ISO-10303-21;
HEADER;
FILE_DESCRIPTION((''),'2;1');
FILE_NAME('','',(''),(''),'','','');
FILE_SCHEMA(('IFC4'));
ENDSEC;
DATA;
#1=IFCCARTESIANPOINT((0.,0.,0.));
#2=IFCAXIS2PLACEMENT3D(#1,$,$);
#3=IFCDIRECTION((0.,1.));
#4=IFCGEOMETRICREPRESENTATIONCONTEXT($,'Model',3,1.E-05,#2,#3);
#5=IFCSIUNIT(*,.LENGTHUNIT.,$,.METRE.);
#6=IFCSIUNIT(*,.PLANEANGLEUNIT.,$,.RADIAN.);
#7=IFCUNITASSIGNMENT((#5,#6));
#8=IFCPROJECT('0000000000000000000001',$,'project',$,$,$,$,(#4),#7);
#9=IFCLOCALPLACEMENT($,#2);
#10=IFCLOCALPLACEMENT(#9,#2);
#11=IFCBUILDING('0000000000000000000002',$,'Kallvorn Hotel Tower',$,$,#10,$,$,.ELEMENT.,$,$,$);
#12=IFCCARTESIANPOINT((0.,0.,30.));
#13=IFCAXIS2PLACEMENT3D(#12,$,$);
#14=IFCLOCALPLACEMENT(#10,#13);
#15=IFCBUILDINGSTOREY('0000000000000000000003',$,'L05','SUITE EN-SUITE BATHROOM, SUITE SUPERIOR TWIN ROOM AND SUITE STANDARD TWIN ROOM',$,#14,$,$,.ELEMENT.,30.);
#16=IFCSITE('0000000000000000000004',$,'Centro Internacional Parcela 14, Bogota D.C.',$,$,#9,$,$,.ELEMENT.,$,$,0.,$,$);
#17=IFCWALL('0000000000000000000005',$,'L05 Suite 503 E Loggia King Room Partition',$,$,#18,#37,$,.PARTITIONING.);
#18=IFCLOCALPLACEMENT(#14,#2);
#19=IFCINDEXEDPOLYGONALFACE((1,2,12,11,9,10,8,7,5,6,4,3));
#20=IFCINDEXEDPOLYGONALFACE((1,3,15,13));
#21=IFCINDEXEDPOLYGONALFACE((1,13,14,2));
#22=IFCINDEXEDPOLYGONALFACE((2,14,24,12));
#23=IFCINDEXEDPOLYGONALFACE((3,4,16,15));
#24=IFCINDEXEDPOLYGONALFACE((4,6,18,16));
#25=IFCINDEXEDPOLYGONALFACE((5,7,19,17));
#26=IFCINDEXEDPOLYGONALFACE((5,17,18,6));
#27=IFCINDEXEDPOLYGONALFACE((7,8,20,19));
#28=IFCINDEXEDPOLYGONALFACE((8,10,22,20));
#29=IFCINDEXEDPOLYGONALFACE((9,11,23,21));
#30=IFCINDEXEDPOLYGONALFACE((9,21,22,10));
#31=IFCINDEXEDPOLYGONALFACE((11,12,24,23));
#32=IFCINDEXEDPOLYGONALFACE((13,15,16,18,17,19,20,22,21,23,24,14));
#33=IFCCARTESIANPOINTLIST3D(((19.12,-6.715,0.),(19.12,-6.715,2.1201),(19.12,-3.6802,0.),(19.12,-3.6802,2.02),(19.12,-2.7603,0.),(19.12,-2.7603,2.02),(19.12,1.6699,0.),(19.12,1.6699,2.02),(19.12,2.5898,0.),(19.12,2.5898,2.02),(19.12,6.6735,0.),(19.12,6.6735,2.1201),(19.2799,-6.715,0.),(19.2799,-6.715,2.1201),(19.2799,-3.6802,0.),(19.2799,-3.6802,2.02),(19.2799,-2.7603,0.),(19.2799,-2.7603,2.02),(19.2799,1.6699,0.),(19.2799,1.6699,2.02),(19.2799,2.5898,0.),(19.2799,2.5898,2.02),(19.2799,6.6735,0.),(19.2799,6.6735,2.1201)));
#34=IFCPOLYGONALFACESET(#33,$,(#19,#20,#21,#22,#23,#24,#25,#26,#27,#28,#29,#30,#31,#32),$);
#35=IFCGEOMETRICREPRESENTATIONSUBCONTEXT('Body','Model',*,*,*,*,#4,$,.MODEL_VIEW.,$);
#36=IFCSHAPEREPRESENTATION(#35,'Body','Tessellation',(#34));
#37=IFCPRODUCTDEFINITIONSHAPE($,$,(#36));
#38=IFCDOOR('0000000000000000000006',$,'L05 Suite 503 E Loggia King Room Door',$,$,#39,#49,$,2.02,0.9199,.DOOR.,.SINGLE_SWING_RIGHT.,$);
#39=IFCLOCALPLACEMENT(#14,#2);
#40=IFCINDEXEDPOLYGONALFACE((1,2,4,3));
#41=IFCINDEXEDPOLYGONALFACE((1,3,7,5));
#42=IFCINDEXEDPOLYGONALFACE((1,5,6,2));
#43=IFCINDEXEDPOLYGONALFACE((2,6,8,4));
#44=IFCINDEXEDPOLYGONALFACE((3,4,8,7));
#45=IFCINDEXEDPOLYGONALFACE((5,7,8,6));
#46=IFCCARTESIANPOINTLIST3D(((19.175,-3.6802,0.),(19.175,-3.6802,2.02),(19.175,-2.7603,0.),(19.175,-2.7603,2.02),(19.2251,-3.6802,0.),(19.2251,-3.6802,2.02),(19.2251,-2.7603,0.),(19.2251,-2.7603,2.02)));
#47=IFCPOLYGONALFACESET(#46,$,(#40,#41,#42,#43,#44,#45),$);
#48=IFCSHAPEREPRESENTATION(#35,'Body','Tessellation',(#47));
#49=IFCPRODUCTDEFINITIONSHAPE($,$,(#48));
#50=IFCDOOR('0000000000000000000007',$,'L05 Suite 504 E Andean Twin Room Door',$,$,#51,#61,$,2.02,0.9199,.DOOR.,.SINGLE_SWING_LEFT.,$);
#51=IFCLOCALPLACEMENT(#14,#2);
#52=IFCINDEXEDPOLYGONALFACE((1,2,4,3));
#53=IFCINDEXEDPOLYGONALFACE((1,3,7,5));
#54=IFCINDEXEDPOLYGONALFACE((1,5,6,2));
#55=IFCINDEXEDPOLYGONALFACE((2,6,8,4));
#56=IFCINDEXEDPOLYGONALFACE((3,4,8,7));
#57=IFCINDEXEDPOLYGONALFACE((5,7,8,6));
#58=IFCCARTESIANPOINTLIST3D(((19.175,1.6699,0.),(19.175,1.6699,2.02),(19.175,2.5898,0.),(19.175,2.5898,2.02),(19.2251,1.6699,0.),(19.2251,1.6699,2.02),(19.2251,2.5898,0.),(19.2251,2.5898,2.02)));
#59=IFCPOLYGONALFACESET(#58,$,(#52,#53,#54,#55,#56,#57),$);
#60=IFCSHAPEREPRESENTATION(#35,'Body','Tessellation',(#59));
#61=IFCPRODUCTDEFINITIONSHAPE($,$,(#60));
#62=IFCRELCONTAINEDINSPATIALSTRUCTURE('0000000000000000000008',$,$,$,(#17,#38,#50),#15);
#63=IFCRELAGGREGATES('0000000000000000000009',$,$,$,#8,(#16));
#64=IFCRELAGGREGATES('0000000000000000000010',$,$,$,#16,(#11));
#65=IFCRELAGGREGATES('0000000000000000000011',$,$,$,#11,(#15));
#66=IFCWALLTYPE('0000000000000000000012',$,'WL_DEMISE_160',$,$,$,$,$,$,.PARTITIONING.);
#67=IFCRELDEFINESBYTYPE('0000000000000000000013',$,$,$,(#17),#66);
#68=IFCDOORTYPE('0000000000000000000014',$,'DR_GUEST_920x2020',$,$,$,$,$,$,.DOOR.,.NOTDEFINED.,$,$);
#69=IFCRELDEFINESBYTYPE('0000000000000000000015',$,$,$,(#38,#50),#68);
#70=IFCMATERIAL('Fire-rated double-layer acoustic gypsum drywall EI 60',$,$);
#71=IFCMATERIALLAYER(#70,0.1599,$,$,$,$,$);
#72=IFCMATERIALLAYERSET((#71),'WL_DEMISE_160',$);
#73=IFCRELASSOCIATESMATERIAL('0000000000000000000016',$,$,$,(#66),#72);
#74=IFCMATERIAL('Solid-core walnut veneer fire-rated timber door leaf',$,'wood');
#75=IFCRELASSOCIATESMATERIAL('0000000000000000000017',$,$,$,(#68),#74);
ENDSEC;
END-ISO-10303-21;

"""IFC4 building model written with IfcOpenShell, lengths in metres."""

from ifc_helpers import new_model, si_unit, direction, frame, frame_2d, origin, place, context, subcontext, project, spatial, rectangle, extrude, material, layer, layer_set, type_object, element, fill, save


model = new_model("IFC4")

# Units and contexts
model_context = context("Model", 3, precision=1e-05, world=origin(), true_north=direction((0.0, 1.0)))
body_context = subcontext(model_context, "Body", "Model", "MODEL_VIEW")
ifc_project = project(units=[si_unit("LENGTHUNIT", "METRE"), si_unit("PLANEANGLEUNIT", "RADIAN")], contexts=[model_context])

# Site, building, storey
site_placement = place(None, origin())
site = spatial("IfcSite", under=ifc_project, at=site_placement, Name="Centro Internacional Parcela 14, Bogota D.C.", CompositionType="ELEMENT", RefElevation=0.0)
building_placement = place(site_placement, origin())
building = spatial("IfcBuilding", under=site, at=building_placement, Name="Kallvorn Hotel Tower", CompositionType="ELEMENT")
storey_placement = place(building_placement, frame((0.0, 0.0, 30.0)))
storey = spatial("IfcBuildingStorey", under=building, at=storey_placement, Name="L05", Description="SUITE EN-SUITE BATHROOM, SUITE SUPERIOR TWIN ROOM AND SUITE STANDARD TWIN ROOM", CompositionType="ELEMENT", Elevation=30.0)

# Shared definitions
ifc_material_1 = material(Name="Fire-rated double-layer acoustic gypsum drywall EI 60")
ifc_layer = layer(ifc_material_1, 0.1599)
ifc_layer_set = layer_set([ifc_layer], Name="WL_DEMISE_160")
wall_type = type_object("IfcWallType", Name="WL_DEMISE_160", PredefinedType="PARTITIONING", material=ifc_layer_set)

# Wall, openings, doors
wall_1_placement = place(storey_placement, frame((19.2, -6.7151, 0.0), z_axis=(0.0, 0.0, 1.0), x_axis=(0.0, 1.0, 0.0)))
wall_1 = element("IfcWall", 1, at=wall_1_placement, inside=storey, type_object=wall_type, Name="L05 Suite 503 E Loggia King Room Partition", PredefinedType="PARTITIONING", context=body_context, shape_type="SweptSolid", body=[
    extrude(rectangle(XDim=13.3884, YDim=0.1599, at=frame_2d((6.6943, 0.0))), origin(), (0.0, 0.0, 1.0), 2.1201),
])
opening_1_placement = place(wall_1_placement, frame((3.0349, 0.0, 0.0)))
opening_1 = element("IfcOpeningElement", 2, at=opening_1_placement, cuts=wall_1, PredefinedType="OPENING", context=body_context, shape_type="SweptSolid", body=[
    extrude(rectangle(XDim=0.9199, YDim=2.02, at=frame_2d((0.46, 1.01))), frame((0.0, 0.095, 0.0), z_axis=(0.0, -1.0, 0.0), x_axis=(1.0, 0.0, 0.0)), (0.0, 0.0, 1.0), 0.1899),
])
opening_2_placement = place(wall_1_placement, frame((8.385, 0.0, 0.0)))
opening_2 = element("IfcOpeningElement", 3, at=opening_2_placement, cuts=wall_1, PredefinedType="OPENING", context=body_context, shape_type="SweptSolid", body=[
    extrude(rectangle(XDim=0.9199, YDim=2.02, at=frame_2d((0.46, 1.01))), frame((0.0, 0.095, 0.0), z_axis=(0.0, -1.0, 0.0), x_axis=(1.0, 0.0, 0.0)), (0.0, 0.0, 1.0), 0.1899),
])
ifc_material_2 = material(Name="Solid-core walnut veneer fire-rated timber door leaf", Category="wood")
door_type_1 = type_object("IfcDoorType", Name="DR_GUEST_920x2020", OperationType="NOTDEFINED", PredefinedType="DOOR", material=ifc_material_2)
door_1_placement = place(opening_1_placement, origin())
door_1 = element("IfcDoor", 4, at=door_1_placement, inside=storey, type_object=door_type_1, Name="L05 Suite 503 E Loggia King Room Door", OperationType="SINGLE_SWING_RIGHT", OverallHeight=2.02, OverallWidth=0.9199, PredefinedType="DOOR", context=body_context, shape_type="SweptSolid", body=[
    extrude(rectangle(XDim=0.9199, YDim=2.02, at=frame_2d((0.46, 1.01))), frame((0.0, 0.0249, 0.0), z_axis=(0.0, -1.0, 0.0), x_axis=(1.0, 0.0, 0.0)), (0.0, 0.0, 1.0), 0.05),
])
fill(opening_1, door_1)
door_2_placement = place(opening_2_placement, origin())
door_2 = element("IfcDoor", 5, at=door_2_placement, inside=storey, type_object=door_type_1, Name="L05 Suite 504 E Andean Twin Room Door", OperationType="SINGLE_SWING_LEFT", OverallHeight=2.02, OverallWidth=0.9199, PredefinedType="DOOR", context=body_context, shape_type="SweptSolid", body=[
    extrude(rectangle(XDim=0.9199, YDim=2.02, at=frame_2d((0.46, 1.01))), frame((0.0, 0.0249, 0.0), z_axis=(0.0, -1.0, 0.0), x_axis=(1.0, 0.0, 0.0)), (0.0, 0.0, 1.0), 0.05),
])
fill(opening_2, door_2)

save(model, "model.ifc")
